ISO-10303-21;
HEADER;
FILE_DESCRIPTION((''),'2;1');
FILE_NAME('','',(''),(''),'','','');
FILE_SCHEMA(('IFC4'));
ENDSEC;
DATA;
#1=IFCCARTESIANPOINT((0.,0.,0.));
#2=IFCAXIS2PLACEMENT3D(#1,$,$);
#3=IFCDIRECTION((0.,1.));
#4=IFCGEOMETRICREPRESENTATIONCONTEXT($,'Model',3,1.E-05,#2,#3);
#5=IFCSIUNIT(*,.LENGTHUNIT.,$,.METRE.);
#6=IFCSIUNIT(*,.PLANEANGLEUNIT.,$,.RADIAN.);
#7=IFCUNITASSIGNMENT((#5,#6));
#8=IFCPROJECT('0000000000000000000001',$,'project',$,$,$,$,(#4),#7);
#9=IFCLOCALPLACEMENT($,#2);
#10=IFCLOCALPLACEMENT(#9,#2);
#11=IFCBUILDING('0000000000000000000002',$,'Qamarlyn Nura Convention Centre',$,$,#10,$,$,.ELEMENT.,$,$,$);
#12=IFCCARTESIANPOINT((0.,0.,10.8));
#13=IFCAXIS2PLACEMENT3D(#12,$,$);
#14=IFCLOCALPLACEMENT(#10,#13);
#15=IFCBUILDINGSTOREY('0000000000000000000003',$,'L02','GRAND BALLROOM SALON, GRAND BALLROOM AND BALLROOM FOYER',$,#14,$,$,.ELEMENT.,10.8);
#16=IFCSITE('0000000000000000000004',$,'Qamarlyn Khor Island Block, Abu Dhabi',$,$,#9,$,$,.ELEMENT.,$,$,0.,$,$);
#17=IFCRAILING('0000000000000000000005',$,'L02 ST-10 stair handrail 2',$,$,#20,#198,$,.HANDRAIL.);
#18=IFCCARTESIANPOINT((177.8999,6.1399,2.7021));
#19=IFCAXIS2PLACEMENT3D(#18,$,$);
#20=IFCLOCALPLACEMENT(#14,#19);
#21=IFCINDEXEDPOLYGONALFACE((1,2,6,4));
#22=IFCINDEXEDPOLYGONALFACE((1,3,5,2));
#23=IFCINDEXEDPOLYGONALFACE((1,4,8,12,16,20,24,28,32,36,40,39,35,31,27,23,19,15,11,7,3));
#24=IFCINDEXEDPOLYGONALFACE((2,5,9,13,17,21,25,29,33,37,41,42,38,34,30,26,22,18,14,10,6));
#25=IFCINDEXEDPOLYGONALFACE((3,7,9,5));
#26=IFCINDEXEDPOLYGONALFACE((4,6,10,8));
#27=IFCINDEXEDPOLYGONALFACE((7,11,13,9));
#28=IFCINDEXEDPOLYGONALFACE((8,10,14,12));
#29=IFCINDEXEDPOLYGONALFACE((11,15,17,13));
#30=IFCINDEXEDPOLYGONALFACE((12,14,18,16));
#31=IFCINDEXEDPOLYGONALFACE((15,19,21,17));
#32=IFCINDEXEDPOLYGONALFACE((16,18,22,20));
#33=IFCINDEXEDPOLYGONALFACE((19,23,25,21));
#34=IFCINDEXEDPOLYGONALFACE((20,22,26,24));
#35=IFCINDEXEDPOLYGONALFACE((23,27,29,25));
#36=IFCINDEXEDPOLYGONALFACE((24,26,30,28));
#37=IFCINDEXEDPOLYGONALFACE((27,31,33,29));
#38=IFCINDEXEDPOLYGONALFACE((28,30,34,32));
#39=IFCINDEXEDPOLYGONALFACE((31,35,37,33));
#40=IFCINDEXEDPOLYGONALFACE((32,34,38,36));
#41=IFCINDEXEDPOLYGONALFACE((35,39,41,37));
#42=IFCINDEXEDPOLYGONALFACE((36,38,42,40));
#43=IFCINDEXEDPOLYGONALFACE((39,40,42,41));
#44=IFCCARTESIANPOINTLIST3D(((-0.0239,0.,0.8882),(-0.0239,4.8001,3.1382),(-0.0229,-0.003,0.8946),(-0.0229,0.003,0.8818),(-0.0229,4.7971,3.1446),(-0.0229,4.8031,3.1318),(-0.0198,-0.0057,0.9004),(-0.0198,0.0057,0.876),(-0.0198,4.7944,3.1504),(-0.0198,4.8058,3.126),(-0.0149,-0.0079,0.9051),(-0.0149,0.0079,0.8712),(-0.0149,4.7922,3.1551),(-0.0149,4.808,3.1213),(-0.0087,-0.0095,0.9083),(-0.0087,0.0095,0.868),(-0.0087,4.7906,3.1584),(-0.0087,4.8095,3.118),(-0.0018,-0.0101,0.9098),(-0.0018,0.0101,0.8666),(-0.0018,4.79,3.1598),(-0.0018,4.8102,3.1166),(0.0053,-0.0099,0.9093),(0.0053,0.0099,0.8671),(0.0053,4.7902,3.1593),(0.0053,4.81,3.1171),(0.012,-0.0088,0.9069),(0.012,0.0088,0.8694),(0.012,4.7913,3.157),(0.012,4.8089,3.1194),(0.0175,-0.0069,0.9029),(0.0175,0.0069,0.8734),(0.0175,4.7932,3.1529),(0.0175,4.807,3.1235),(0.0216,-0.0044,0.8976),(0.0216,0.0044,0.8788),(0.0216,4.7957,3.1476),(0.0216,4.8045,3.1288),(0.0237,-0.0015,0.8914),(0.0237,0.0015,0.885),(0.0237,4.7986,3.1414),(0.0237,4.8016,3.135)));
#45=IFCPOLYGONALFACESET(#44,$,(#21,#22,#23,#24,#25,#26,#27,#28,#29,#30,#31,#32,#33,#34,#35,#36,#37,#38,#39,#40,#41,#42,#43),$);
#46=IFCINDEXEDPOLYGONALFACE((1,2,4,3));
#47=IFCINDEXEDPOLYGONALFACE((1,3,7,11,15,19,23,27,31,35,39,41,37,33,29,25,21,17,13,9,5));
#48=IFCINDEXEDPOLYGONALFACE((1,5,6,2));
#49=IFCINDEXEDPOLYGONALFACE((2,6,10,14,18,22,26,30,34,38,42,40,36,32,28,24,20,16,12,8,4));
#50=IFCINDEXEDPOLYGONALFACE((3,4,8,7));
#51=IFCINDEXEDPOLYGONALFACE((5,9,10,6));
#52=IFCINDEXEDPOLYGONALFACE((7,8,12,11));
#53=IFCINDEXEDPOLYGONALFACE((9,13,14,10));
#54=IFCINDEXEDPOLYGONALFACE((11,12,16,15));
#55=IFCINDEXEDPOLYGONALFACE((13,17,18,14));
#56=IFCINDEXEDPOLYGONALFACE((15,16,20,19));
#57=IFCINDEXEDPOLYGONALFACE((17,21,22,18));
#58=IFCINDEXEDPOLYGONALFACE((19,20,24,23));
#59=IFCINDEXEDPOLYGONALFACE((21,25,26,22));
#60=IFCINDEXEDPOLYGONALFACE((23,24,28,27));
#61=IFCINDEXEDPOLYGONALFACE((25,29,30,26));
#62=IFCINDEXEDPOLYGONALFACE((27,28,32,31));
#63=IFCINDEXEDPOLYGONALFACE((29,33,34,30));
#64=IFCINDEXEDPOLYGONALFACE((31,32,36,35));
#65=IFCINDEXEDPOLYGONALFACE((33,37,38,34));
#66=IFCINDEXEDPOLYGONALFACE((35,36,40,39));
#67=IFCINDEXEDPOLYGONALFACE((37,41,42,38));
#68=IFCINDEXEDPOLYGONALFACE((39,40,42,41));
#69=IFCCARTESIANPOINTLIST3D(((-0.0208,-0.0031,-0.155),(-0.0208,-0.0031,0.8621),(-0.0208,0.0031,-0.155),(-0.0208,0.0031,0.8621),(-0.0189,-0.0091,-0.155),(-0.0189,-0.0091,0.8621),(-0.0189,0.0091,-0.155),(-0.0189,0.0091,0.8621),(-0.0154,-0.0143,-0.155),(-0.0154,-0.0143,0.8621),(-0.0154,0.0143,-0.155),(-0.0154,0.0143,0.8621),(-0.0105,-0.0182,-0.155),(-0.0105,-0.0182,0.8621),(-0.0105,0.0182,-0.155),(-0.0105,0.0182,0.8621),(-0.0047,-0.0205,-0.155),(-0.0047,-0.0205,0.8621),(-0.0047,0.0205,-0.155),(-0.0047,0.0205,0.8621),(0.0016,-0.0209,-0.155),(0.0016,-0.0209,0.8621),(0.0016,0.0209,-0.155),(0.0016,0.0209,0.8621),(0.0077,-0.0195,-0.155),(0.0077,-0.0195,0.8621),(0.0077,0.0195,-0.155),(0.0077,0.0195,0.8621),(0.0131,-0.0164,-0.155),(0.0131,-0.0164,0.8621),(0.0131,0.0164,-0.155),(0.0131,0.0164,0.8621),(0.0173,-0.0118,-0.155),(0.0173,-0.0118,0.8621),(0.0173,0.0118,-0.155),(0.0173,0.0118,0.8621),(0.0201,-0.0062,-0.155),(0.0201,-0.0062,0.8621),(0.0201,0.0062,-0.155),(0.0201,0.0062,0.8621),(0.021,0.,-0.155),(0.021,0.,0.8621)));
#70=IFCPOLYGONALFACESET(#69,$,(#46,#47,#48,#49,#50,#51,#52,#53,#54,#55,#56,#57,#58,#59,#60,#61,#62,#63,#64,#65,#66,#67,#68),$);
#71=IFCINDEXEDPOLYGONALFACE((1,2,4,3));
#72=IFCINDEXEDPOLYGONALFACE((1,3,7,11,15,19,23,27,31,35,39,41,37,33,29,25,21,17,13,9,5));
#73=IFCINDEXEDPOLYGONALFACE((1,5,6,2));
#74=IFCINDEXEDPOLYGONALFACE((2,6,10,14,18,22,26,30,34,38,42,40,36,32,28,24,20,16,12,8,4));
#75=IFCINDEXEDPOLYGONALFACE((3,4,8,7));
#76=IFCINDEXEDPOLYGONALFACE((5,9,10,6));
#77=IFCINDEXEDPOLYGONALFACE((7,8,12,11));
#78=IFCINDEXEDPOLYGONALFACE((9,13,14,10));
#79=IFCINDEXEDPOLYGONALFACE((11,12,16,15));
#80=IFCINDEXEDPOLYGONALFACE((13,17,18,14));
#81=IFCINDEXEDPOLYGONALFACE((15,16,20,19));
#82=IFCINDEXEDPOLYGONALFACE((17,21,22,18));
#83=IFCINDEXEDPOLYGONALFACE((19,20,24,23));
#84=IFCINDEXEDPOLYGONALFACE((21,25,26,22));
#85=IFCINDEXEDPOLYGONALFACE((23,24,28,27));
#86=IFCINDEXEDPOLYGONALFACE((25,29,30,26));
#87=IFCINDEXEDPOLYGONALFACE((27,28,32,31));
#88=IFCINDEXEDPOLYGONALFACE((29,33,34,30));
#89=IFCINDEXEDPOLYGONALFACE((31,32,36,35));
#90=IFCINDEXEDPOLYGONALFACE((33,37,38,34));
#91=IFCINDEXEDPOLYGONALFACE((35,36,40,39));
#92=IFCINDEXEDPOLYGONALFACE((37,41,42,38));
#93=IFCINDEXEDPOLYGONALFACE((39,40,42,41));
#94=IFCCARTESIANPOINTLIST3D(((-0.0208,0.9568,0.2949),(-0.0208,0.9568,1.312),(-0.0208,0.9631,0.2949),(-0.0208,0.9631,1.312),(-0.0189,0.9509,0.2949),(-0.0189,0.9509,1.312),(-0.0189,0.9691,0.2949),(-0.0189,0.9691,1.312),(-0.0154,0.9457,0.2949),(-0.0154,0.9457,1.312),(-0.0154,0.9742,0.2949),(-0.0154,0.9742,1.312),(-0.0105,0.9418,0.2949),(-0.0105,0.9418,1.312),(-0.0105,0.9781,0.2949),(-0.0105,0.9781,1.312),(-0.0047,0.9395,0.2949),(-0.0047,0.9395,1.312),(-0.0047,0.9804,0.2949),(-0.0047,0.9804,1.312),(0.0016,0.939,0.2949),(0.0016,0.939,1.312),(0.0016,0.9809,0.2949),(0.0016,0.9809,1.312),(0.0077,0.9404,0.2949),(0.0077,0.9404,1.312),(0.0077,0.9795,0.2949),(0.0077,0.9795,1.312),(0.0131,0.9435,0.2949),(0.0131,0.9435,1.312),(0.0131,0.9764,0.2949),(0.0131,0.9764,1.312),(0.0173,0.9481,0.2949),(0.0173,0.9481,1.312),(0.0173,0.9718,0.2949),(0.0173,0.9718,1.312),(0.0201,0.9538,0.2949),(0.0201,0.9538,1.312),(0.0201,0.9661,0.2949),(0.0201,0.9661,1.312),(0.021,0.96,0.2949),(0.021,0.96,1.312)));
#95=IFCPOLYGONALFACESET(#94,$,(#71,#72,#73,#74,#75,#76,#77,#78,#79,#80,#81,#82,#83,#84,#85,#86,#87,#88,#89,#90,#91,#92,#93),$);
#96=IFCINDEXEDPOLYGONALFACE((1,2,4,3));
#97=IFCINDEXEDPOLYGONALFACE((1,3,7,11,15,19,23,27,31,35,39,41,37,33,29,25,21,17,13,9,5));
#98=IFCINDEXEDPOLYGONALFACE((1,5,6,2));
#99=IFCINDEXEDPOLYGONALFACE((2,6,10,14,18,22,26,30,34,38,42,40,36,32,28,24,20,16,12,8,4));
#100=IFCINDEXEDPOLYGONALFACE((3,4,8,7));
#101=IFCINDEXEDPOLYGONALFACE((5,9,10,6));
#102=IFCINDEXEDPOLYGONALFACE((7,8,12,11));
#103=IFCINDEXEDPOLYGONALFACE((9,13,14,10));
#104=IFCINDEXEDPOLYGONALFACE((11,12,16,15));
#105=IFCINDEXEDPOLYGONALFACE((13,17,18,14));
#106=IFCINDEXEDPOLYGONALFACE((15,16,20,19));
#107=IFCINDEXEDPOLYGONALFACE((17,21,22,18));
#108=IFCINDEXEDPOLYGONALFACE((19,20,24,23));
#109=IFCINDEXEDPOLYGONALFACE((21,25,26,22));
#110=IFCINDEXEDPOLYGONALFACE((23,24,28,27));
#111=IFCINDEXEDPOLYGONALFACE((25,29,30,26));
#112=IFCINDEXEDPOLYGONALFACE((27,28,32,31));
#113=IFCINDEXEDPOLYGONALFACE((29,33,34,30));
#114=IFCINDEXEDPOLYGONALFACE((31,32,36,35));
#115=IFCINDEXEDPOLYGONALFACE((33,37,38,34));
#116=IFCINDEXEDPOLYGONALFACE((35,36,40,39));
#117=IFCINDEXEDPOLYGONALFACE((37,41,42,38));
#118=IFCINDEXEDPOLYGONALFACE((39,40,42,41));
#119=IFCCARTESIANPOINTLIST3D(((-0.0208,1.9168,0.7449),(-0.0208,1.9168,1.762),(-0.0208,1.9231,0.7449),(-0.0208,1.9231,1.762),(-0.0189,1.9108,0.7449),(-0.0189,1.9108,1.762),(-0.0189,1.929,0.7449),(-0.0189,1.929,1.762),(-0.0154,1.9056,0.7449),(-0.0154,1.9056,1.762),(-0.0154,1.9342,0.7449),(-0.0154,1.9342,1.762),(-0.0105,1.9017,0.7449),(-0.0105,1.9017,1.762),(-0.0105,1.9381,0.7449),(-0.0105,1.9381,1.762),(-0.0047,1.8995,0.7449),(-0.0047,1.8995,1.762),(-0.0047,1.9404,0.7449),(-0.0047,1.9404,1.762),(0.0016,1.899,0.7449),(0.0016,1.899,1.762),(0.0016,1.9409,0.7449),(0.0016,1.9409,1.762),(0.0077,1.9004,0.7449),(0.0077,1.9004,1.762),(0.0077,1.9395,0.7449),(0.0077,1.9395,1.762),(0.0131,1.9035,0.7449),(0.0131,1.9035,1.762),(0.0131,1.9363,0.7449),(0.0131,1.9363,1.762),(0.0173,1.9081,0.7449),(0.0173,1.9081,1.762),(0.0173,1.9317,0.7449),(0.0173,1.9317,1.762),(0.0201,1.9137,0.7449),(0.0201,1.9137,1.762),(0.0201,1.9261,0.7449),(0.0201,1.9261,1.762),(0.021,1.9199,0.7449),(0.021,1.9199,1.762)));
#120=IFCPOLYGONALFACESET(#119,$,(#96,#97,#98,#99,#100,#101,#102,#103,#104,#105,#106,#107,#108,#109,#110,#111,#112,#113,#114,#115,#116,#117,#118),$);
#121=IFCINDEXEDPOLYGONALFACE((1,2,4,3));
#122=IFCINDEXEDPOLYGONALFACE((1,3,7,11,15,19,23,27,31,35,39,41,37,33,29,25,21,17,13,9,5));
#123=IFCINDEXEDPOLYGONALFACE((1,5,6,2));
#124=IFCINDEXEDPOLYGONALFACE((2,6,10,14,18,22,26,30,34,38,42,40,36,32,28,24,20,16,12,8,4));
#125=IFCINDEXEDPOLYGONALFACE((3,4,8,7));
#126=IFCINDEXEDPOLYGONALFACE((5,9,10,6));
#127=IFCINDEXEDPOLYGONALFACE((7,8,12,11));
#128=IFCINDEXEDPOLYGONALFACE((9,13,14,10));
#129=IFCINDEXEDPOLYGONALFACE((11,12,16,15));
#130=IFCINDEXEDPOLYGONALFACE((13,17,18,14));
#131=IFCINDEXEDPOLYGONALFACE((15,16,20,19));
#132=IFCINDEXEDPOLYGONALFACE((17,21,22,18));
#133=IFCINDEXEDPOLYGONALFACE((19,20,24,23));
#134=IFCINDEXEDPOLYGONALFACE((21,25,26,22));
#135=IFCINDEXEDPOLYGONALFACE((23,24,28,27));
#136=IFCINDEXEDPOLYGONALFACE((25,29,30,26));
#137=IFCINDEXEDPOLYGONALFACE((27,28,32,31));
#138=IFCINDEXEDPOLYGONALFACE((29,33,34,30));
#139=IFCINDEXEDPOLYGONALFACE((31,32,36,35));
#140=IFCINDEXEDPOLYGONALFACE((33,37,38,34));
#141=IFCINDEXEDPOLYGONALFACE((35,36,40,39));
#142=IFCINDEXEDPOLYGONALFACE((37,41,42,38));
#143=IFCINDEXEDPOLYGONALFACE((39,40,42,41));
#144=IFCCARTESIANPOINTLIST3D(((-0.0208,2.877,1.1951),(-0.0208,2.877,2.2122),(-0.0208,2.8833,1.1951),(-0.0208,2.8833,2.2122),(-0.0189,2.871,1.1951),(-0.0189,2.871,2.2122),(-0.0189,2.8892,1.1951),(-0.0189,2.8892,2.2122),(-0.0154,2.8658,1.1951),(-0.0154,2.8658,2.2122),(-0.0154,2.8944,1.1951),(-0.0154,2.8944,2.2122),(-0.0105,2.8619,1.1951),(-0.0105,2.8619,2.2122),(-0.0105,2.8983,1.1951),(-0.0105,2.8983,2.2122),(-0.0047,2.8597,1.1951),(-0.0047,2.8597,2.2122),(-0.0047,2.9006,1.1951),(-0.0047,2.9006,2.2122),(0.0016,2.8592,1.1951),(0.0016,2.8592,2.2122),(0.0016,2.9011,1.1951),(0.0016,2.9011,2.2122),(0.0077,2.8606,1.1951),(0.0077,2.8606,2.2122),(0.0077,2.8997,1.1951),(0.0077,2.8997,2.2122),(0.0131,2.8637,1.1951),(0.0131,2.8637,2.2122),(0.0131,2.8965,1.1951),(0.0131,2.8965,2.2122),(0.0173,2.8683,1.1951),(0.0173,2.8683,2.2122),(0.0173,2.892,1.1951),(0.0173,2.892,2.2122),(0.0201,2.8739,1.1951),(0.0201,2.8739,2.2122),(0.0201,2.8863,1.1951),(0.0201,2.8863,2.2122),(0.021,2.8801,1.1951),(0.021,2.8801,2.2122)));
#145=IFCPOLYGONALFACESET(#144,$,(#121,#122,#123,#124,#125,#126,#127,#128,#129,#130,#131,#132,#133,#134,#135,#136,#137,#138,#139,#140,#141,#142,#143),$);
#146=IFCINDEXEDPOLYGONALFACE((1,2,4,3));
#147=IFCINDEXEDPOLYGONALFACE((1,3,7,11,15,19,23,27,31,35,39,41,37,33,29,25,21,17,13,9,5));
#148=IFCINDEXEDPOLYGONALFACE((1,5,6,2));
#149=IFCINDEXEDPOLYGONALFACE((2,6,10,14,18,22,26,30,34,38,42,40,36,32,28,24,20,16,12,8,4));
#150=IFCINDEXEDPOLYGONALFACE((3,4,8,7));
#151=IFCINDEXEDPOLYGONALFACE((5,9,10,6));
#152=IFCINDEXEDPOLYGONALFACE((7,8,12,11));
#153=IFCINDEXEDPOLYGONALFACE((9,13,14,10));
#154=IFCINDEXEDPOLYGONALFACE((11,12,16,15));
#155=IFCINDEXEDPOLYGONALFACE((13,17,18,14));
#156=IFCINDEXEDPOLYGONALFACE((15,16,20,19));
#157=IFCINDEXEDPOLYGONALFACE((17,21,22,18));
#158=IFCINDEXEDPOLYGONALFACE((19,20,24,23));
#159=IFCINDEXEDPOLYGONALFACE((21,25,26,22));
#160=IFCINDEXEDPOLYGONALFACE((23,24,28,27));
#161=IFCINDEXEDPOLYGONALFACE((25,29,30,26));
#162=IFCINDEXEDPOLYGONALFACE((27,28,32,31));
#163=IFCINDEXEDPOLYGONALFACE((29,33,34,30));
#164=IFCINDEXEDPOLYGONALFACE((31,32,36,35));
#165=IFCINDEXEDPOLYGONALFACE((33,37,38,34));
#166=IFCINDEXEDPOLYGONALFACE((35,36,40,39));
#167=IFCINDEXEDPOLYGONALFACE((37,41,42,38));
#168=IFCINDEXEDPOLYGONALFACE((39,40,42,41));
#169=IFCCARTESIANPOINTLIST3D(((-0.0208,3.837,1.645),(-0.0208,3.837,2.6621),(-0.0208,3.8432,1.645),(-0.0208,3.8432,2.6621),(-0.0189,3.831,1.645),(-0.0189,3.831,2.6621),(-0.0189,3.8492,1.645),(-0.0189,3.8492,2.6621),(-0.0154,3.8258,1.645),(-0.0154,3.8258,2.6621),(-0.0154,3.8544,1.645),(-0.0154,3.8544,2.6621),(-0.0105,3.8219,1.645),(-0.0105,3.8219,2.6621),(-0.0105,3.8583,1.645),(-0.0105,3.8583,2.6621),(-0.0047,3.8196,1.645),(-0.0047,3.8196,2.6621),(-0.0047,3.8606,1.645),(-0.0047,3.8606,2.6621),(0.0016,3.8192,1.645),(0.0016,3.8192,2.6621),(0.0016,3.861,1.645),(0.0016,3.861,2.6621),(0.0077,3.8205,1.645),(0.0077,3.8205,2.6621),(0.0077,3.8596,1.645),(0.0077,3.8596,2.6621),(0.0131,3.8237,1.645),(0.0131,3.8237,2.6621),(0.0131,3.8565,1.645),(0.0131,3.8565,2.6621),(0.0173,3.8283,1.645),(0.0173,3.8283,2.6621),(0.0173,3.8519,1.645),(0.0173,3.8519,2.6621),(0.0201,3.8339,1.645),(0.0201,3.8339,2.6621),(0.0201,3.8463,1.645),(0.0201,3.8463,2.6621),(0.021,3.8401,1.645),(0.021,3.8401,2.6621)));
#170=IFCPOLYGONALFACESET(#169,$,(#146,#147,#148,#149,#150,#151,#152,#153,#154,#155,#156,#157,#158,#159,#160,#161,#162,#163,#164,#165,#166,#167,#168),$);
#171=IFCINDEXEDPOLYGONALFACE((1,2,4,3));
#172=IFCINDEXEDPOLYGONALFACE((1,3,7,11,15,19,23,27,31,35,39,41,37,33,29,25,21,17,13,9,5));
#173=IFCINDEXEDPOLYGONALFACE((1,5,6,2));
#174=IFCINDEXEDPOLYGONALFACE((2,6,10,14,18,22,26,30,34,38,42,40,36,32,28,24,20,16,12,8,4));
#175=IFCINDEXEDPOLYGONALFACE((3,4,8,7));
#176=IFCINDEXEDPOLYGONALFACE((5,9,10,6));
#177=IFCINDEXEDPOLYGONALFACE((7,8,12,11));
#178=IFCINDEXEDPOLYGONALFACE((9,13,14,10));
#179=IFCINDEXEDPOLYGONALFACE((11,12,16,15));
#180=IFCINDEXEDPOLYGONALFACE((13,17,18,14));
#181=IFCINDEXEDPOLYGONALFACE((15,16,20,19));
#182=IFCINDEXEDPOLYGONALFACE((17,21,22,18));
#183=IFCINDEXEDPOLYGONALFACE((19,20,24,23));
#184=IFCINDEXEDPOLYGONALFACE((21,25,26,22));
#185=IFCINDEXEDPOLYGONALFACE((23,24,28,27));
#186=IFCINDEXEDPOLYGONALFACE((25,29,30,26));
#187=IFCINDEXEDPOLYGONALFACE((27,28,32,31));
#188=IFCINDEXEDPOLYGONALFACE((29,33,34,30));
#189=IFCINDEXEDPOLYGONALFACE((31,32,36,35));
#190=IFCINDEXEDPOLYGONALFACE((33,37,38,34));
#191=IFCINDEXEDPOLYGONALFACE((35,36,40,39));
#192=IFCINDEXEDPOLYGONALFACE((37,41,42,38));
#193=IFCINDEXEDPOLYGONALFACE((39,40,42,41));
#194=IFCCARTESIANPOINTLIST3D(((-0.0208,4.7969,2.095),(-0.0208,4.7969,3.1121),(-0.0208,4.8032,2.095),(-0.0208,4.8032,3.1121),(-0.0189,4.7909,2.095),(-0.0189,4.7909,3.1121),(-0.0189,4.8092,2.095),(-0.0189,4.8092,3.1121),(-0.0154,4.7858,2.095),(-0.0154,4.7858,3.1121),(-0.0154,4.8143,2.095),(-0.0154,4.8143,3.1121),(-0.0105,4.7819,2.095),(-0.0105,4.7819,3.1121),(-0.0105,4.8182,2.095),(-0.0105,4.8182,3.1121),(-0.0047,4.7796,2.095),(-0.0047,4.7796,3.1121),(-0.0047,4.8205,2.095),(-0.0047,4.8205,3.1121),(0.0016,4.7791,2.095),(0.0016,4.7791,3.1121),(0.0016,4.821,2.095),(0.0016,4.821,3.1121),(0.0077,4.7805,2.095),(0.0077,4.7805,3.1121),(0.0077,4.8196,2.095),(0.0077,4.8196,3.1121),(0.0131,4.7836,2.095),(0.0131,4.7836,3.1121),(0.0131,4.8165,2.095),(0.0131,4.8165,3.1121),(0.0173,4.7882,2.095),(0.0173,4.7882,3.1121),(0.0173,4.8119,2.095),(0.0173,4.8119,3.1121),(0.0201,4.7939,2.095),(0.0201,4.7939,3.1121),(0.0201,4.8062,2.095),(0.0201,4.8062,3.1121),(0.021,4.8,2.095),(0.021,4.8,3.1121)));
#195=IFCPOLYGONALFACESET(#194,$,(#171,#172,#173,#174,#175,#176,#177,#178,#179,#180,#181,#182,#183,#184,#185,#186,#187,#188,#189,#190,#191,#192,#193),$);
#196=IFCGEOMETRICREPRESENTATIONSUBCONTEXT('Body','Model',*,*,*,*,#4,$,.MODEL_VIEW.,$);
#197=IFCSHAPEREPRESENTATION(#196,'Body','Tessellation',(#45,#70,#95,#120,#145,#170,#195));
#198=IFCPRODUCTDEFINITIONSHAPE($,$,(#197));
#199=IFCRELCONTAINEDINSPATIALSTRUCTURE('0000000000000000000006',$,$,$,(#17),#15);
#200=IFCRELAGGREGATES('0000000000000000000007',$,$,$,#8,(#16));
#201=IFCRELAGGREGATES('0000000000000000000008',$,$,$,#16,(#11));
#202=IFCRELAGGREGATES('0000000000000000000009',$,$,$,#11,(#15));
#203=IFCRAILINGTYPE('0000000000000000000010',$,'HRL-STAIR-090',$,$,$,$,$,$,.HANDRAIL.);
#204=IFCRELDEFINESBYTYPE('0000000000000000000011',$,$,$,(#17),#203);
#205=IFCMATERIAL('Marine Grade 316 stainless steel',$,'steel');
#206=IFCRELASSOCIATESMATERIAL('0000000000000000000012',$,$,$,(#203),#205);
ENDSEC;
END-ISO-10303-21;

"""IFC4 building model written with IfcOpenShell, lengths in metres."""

from ifc_helpers import new_model, si_unit, direction, frame, origin, origin_2d, place, context, subcontext, project, spatial, circle, extrude, material, type_object, element, save


model = new_model("IFC4")

# Units and contexts
model_context = context("Model", 3, precision=1e-05, world=origin(), true_north=direction((0.0, 1.0)))
body_context = subcontext(model_context, "Body", "Model", "MODEL_VIEW")
ifc_project = project(units=[si_unit("LENGTHUNIT", "METRE"), si_unit("PLANEANGLEUNIT", "RADIAN")], contexts=[model_context])

# Site, building, storey
site_placement = place(None, origin())
site = spatial("IfcSite", under=ifc_project, at=site_placement, Name="Qamarlyn Khor Island Block, Abu Dhabi", CompositionType="ELEMENT", RefElevation=0.0)
building_placement = place(site_placement, origin())
building = spatial("IfcBuilding", under=site, at=building_placement, Name="Qamarlyn Nura Convention Centre", CompositionType="ELEMENT")
storey_placement = place(building_placement, frame((0.0, 0.0, 10.8)))
storey = spatial("IfcBuildingStorey", under=building, at=storey_placement, Name="L02", Description="GRAND BALLROOM SALON, GRAND BALLROOM AND BALLROOM FOYER", CompositionType="ELEMENT", Elevation=10.8)

# Railing
ifc_material_1 = material(Name="Marine Grade 316 stainless steel", Category="steel")
railing_type_1 = type_object("IfcRailingType", Name="HRL-STAIR-090", PredefinedType="HANDRAIL", material=ifc_material_1)
railing_1_placement = place(storey_placement, frame((177.8999, 6.1399, 2.7021)))
element("IfcRailing", 1, at=railing_1_placement, inside=storey, type_object=railing_type_1, Name="L02 ST-10 stair handrail 2", PredefinedType="HANDRAIL", context=body_context, shape_type="SweptSolid", body=[
    extrude(circle(Radius=0.0239, at=origin_2d()), frame((0.0, 0.0, 0.8882), z_axis=(0.0, 0.905461, 0.42443), x_axis=(-1.0, 0.0, 0.0)), (0.0, 0.0, 1.0), 5.3013),
    extrude(circle(Radius=0.021, at=origin_2d()), frame((0.0, 0.0, -0.155)), (0.0, 0.0, 1.0), 1.0171),
    extrude(circle(Radius=0.021, at=origin_2d()), frame((0.0, 0.96, 0.2949)), (0.0, 0.0, 1.0), 1.0171),
    extrude(circle(Radius=0.021, at=origin_2d()), frame((0.0, 1.9199, 0.7449)), (0.0, 0.0, 1.0), 1.0171),
    extrude(circle(Radius=0.021, at=origin_2d()), frame((0.0, 2.8801, 1.1951)), (0.0, 0.0, 1.0), 1.0171),
    extrude(circle(Radius=0.021, at=origin_2d()), frame((0.0, 3.8401, 1.645)), (0.0, 0.0, 1.0), 1.0171),
    extrude(circle(Radius=0.021, at=origin_2d()), frame((0.0, 4.8, 2.095)), (0.0, 0.0, 1.0), 1.0171),
])

save(model, "model.ifc")
